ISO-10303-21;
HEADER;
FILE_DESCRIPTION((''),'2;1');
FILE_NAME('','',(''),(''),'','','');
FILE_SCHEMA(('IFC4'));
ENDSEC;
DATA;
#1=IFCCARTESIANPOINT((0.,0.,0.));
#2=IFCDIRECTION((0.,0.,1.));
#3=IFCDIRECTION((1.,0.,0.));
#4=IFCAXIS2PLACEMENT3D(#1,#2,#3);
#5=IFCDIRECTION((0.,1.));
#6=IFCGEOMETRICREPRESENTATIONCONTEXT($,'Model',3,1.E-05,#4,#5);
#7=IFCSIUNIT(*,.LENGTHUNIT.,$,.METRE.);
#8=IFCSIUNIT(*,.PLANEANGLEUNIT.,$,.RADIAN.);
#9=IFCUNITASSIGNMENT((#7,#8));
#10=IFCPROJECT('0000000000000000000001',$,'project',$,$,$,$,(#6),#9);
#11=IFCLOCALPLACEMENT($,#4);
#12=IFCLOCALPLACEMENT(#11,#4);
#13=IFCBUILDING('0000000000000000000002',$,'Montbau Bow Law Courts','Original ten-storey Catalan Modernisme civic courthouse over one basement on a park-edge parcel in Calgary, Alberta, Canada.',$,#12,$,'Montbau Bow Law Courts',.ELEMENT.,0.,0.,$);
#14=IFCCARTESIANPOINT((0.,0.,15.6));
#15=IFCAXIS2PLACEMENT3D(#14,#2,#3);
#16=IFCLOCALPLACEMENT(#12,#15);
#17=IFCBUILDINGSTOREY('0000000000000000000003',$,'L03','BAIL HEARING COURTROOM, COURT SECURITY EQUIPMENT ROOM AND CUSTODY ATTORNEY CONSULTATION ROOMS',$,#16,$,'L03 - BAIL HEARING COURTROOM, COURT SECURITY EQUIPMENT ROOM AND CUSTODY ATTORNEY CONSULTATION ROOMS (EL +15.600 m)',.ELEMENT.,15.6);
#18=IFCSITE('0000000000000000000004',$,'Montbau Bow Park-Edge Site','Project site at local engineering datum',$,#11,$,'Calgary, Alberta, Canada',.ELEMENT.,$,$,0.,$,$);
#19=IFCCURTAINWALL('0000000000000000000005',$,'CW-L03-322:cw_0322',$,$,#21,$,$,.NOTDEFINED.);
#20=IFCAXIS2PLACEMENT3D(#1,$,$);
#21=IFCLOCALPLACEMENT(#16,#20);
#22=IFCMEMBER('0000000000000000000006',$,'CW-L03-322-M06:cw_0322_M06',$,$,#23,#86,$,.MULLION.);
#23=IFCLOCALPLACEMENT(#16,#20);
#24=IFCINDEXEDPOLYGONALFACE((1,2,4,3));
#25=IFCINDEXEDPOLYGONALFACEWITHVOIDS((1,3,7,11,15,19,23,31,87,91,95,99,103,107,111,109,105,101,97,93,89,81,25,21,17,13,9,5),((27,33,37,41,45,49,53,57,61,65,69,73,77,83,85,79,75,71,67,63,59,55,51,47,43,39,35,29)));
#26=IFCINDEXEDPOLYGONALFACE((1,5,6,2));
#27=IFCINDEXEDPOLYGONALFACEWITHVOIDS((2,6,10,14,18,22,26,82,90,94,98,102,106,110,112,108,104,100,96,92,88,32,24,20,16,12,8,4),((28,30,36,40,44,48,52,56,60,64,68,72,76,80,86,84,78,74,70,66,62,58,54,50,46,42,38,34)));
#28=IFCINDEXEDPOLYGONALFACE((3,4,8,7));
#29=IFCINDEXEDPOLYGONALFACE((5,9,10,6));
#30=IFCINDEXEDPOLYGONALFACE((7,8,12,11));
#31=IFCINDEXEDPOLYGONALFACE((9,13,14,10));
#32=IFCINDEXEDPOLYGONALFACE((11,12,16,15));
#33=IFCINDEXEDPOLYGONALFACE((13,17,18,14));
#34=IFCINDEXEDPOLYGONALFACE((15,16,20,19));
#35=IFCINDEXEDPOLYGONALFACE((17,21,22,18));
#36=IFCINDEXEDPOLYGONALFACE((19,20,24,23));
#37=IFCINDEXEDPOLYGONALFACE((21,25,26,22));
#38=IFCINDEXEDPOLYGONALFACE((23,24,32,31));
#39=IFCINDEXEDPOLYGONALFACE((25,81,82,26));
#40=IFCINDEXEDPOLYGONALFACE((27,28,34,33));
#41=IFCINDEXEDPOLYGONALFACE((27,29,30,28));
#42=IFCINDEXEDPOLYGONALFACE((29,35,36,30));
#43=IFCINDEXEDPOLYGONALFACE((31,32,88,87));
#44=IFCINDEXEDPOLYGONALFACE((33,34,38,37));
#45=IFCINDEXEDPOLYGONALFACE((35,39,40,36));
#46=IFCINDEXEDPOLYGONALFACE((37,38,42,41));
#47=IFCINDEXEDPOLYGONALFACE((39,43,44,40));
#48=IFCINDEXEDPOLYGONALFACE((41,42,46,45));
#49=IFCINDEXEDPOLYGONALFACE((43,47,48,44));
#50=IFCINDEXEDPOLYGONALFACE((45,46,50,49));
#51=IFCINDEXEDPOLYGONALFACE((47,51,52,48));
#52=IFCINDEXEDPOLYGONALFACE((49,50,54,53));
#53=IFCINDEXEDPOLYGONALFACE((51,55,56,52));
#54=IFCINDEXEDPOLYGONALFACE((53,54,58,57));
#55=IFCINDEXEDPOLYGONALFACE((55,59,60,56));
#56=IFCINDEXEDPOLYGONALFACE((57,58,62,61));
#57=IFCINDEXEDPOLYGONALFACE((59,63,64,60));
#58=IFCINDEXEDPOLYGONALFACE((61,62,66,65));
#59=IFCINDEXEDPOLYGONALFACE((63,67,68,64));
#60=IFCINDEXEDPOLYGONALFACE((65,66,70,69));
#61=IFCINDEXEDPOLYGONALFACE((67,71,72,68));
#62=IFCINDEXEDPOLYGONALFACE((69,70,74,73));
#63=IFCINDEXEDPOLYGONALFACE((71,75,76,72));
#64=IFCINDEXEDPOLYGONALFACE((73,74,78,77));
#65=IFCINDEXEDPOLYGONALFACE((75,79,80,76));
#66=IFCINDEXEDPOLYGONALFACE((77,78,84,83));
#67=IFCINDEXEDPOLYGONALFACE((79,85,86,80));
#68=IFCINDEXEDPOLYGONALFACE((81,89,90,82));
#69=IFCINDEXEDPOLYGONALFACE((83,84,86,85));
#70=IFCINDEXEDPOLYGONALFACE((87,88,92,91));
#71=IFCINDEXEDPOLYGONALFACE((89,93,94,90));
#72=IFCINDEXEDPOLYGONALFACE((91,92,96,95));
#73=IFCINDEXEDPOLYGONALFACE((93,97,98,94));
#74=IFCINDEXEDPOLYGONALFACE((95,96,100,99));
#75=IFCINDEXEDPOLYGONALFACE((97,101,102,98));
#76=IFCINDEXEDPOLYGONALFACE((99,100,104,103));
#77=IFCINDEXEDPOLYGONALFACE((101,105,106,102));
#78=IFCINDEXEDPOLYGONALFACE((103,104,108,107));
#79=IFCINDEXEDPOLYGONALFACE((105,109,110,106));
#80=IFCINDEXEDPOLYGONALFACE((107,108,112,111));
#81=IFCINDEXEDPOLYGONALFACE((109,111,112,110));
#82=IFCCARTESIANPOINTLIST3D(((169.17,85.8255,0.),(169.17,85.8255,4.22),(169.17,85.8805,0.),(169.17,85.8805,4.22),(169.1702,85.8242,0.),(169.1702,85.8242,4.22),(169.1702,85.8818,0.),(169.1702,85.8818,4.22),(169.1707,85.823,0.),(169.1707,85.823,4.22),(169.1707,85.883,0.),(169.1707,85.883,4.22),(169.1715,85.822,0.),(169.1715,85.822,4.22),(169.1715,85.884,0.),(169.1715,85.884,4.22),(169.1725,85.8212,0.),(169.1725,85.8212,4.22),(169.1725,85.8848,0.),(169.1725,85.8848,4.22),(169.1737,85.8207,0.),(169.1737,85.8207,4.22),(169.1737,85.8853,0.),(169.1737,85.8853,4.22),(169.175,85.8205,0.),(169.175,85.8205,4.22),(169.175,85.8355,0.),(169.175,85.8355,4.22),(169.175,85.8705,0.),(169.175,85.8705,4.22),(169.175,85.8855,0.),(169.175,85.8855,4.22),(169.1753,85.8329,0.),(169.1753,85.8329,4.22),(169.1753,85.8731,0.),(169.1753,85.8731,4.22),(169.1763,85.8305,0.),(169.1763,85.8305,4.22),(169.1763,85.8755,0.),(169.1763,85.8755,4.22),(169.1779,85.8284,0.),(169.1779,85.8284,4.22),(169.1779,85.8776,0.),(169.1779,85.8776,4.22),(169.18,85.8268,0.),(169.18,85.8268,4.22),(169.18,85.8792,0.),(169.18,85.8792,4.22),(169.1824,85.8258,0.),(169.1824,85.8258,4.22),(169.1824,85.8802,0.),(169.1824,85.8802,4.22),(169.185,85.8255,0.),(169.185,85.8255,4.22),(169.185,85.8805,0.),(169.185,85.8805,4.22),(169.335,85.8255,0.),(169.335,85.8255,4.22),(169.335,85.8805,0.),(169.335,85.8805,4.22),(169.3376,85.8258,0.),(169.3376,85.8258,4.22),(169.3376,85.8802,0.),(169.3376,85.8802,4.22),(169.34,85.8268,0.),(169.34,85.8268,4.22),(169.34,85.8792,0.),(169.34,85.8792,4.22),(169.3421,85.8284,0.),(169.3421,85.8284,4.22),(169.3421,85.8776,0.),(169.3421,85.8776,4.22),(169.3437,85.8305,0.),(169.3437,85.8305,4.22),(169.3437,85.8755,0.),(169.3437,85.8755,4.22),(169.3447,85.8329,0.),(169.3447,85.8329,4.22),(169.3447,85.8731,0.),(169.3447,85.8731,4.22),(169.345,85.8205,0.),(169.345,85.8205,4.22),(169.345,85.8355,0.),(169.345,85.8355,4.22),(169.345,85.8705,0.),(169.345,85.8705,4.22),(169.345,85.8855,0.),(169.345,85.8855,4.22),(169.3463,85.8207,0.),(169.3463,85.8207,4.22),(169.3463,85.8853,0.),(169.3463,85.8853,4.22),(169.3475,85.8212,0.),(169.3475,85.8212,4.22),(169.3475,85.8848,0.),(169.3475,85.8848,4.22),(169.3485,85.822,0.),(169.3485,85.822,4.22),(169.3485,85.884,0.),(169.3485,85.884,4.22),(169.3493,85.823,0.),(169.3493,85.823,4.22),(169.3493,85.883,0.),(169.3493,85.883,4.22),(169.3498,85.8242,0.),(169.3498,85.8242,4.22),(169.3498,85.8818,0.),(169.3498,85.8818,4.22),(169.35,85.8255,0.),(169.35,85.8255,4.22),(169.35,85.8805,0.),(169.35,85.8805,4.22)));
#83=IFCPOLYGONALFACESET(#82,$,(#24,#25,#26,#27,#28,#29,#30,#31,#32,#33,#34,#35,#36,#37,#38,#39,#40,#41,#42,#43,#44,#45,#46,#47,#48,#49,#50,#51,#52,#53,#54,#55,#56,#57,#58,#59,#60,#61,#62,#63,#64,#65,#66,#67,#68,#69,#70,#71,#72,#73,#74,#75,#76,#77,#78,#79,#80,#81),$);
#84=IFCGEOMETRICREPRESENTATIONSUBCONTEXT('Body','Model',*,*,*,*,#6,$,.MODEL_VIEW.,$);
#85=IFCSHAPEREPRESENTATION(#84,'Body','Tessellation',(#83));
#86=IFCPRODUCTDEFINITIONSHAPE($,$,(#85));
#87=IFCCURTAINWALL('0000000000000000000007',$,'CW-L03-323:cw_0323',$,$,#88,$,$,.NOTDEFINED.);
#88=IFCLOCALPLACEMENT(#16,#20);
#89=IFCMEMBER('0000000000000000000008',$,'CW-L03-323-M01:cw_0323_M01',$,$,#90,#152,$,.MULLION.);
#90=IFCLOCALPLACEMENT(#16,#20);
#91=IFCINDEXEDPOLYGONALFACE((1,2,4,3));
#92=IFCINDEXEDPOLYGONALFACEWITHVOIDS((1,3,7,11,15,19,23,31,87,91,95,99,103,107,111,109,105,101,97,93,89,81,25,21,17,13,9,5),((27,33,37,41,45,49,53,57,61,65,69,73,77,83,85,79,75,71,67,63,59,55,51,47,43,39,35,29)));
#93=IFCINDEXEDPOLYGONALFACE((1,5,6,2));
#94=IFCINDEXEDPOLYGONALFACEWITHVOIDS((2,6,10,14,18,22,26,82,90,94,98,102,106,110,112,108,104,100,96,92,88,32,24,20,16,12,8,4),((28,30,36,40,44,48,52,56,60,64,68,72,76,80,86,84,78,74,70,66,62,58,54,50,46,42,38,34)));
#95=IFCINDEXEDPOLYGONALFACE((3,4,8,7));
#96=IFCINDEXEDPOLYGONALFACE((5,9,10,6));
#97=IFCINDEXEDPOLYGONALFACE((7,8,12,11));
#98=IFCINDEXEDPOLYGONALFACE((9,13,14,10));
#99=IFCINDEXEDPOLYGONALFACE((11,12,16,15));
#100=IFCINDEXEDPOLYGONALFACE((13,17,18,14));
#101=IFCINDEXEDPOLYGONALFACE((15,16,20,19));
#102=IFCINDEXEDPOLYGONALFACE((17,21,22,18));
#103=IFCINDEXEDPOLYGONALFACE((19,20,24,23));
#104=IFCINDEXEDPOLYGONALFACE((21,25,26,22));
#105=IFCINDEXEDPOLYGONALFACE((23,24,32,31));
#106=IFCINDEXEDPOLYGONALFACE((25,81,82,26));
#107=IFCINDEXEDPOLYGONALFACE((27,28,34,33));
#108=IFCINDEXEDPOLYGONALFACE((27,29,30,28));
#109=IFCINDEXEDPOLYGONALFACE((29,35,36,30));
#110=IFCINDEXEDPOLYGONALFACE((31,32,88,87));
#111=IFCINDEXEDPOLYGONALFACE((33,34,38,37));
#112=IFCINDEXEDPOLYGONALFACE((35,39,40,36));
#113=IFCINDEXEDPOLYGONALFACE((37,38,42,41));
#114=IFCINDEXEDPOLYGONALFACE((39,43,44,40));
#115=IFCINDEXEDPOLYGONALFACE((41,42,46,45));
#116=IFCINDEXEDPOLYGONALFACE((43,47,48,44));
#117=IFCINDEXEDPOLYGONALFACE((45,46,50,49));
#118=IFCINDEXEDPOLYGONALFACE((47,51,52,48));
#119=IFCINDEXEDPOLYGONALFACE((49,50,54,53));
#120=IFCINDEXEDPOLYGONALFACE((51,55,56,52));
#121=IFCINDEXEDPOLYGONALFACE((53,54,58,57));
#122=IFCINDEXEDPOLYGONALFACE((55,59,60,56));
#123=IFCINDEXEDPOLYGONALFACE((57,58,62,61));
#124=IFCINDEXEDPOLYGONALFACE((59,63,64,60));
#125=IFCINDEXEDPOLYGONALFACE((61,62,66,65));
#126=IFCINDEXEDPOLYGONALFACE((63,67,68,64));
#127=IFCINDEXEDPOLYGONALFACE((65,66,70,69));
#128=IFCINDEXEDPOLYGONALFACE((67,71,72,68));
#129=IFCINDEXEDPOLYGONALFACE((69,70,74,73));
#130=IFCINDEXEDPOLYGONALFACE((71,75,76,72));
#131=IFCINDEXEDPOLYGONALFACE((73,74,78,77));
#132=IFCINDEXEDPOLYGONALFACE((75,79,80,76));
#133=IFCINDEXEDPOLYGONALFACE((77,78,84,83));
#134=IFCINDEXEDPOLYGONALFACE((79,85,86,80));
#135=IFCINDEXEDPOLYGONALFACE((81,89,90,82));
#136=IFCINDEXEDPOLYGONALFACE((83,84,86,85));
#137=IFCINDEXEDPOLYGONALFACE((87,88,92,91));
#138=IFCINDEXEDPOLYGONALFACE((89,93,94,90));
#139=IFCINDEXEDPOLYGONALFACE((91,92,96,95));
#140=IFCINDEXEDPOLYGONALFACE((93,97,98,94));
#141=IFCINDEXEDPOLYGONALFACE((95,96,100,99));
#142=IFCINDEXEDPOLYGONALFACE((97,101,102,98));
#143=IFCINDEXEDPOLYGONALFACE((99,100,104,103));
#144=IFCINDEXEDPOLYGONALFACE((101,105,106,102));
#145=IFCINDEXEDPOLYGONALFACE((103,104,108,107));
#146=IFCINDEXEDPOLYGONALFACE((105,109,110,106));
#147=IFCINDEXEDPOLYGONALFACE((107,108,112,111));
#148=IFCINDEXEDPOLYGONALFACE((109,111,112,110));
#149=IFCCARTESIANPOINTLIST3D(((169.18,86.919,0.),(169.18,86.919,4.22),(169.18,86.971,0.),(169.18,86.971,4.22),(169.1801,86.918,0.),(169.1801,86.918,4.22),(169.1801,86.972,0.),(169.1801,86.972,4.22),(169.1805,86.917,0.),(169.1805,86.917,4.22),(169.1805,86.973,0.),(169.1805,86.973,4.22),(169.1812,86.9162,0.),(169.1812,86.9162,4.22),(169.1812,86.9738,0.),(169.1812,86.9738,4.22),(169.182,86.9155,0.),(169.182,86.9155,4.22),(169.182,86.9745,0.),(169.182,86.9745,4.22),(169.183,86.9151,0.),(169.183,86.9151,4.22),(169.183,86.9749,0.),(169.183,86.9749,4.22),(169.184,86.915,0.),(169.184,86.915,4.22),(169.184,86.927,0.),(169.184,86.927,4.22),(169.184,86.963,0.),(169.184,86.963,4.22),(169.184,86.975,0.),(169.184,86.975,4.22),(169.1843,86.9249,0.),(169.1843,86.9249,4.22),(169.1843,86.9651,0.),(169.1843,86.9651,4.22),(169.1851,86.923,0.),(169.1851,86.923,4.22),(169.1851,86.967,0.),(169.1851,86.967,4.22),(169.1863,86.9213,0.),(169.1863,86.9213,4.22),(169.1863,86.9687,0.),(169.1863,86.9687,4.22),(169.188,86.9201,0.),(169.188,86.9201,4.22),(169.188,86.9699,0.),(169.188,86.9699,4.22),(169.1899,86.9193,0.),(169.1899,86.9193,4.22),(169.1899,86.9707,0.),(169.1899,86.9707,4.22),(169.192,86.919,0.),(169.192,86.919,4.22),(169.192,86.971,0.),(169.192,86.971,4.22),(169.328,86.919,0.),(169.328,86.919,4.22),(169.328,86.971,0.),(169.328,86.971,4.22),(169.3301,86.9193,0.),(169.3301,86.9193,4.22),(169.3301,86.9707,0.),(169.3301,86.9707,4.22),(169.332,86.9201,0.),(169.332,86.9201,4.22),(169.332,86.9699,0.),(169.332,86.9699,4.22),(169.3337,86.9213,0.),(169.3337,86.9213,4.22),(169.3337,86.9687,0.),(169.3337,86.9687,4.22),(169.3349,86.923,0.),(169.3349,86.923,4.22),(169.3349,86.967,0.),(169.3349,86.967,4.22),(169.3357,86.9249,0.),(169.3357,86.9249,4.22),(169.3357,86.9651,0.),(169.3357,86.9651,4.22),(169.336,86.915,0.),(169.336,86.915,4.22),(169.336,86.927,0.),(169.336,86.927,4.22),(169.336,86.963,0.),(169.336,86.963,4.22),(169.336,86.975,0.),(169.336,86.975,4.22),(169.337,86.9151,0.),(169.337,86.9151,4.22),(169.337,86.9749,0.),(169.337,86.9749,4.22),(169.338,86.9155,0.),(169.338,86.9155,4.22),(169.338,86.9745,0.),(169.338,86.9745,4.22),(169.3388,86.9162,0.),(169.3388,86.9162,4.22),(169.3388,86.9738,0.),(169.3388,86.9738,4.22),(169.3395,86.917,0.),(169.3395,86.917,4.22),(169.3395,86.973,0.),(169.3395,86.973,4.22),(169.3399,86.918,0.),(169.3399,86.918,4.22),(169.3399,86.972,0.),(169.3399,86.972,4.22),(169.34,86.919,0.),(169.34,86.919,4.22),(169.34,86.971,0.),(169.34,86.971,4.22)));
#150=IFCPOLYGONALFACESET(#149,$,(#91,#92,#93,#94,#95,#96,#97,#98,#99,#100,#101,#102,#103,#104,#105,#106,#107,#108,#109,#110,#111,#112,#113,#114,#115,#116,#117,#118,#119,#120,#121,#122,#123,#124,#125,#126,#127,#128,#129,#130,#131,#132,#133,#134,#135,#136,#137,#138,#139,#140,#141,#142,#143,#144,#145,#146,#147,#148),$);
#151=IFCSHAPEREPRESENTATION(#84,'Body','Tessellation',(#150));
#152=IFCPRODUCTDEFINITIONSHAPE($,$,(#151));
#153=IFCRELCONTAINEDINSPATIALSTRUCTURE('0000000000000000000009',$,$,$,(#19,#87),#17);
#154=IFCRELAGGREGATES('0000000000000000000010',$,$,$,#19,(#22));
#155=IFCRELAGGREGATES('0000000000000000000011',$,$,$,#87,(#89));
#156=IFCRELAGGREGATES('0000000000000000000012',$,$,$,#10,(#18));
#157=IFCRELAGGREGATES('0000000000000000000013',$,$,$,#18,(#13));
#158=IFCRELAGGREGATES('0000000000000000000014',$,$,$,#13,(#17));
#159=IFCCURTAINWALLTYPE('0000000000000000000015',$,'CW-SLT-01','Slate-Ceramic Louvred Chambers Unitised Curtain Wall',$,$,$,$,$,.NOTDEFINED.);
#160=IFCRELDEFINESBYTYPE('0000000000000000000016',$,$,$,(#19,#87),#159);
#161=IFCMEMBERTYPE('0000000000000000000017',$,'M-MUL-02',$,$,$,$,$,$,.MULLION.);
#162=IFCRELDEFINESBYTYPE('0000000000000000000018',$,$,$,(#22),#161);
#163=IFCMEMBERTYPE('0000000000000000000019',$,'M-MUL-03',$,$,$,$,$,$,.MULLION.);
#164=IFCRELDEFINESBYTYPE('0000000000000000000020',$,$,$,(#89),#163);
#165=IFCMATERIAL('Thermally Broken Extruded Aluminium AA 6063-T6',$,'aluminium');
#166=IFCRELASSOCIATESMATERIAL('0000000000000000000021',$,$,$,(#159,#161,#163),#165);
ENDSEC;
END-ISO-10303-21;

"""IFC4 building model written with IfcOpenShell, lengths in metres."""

from ifc_helpers import new_model, si_unit, direction, frame, origin_with_axes, origin_2d_with_axis, place, context, subcontext, project, spatial, hollow_rectangle, extrude, material, material_profile, profile_set, type_object, element, aggregate, save


model = new_model("IFC4")

# Units and contexts
model_context = context("Model", 3, precision=1e-05, world=origin_with_axes(), true_north=direction((0.0, 1.0)))
body_context = subcontext(model_context, "Body", "Model", "MODEL_VIEW")
ifc_project = project(units=[si_unit("LENGTHUNIT", "METRE"), si_unit("PLANEANGLEUNIT", "RADIAN")], contexts=[model_context])

# Site, building, storey
site_placement = place(None, origin_with_axes())
site = spatial("IfcSite", under=ifc_project, at=site_placement, Name="Montbau Bow Park-Edge Site", Description="Project site at local engineering datum", LongName="Calgary, Alberta, Canada", CompositionType="ELEMENT", RefElevation=0.0)
building_placement = place(site_placement, origin_with_axes())
building = spatial("IfcBuilding", under=site, at=building_placement, Name="Montbau Bow Law Courts", Description="Original ten-storey Catalan Modernisme civic courthouse over one basement on a park-edge parcel in Calgary, Alberta, Canada.", LongName="Montbau Bow Law Courts", CompositionType="ELEMENT", ElevationOfRefHeight=0.0, ElevationOfTerrain=0.0)
storey_placement = place(building_placement, frame((0.0, 0.0, 15.6), z_axis=(0.0, 0.0, 1.0), x_axis=(1.0, 0.0, 0.0)))
storey = spatial("IfcBuildingStorey", under=building, at=storey_placement, Name="L03", Description="BAIL HEARING COURTROOM, COURT SECURITY EQUIPMENT ROOM AND CUSTODY ATTORNEY CONSULTATION ROOMS", LongName="L03 - BAIL HEARING COURTROOM, COURT SECURITY EQUIPMENT ROOM AND CUSTODY ATTORNEY CONSULTATION ROOMS (EL +15.600 m)", CompositionType="ELEMENT", Elevation=15.6)

# Curtain walls, members
ifc_material_1 = material(Name="Thermally Broken Extruded Aluminium AA 6063-T6", Category="aluminium")
curtain_wall_type = type_object("IfcCurtainWallType", Name="CW-SLT-01", Description="Slate-Ceramic Louvred Chambers Unitised Curtain Wall", PredefinedType="NOTDEFINED", material=ifc_material_1)
curtain_wall_1_placement = place(None, frame((169.26, 78.515, 15.6), z_axis=(0.0, 0.0, 1.0), x_axis=(1.0, 0.0, 0.0)))
curtain_wall_1 = element("IfcCurtainWall", 1, at=curtain_wall_1_placement, inside=storey, type_object=curtain_wall_type, Name="CW-L03-322:cw_0322", PredefinedType="NOTDEFINED")
ifc_material_profile_1 = material_profile(ifc_material_1, hollow_rectangle(XDim=0.065, YDim=0.18, WallThickness=0.005, InnerFilletRadius=0.01, OuterFilletRadius=0.005, at=origin_2d_with_axis()), Name="CWM-180X65", Category="Main", Priority=0)
ifc_profile_set_1 = profile_set([ifc_material_profile_1], Name="Thermally Broken Extruded Aluminium AA 6063-T6")
member_type_1 = type_object("IfcMemberType", Name="M-MUL-02", PredefinedType="MULLION", material=ifc_profile_set_1)
member_1_placement = place(None, frame((169.26, 85.853, 15.6), z_axis=(0.0, 0.0, 1.0), x_axis=(0.0, 1.0, 0.0)))
member_1 = element("IfcMember", 2, at=member_1_placement, type_object=member_type_1, Name="CW-L03-322-M06:cw_0322_M06", PredefinedType="MULLION", context=body_context, shape_type="SweptSolid", body=[
    extrude(hollow_rectangle(XDim=0.065, YDim=0.18, WallThickness=0.005, InnerFilletRadius=0.01, OuterFilletRadius=0.005, at=origin_2d_with_axis()), origin_with_axes(), (0.0, 0.0, 1.0), 4.22),
])
curtain_wall_2_placement = place(None, frame((169.26, 86.915, 15.6), z_axis=(0.0, 0.0, 1.0), x_axis=(1.0, 0.0, 0.0)))
curtain_wall_2 = element("IfcCurtainWall", 3, at=curtain_wall_2_placement, inside=storey, type_object=curtain_wall_type, Name="CW-L03-323:cw_0323", PredefinedType="NOTDEFINED")
ifc_material_profile_2 = material_profile(ifc_material_1, hollow_rectangle(XDim=0.06, YDim=0.16, WallThickness=0.004, InnerFilletRadius=0.008, OuterFilletRadius=0.004, at=origin_2d_with_axis()), Name="CWM-160X60", Category="Main", Priority=0)
ifc_profile_set_2 = profile_set([ifc_material_profile_2], Name="Thermally Broken Extruded Aluminium AA 6063-T6")
member_type_2 = type_object("IfcMemberType", Name="M-MUL-03", PredefinedType="MULLION", material=ifc_profile_set_2)
member_2_placement = place(None, frame((169.26, 86.945, 15.6), z_axis=(0.0, 0.0, 1.0), x_axis=(0.0, 1.0, 0.0)))
member_2 = element("IfcMember", 4, at=member_2_placement, type_object=member_type_2, Name="CW-L03-323-M01:cw_0323_M01", PredefinedType="MULLION", context=body_context, shape_type="SweptSolid", body=[
    extrude(hollow_rectangle(XDim=0.06, YDim=0.16, WallThickness=0.004, InnerFilletRadius=0.008, OuterFilletRadius=0.004, at=origin_2d_with_axis()), origin_with_axes(), (0.0, 0.0, 1.0), 4.22),
])

aggregate(curtain_wall_1, [member_1])
aggregate(curtain_wall_2, [member_2])

save(model, "model.ifc")
